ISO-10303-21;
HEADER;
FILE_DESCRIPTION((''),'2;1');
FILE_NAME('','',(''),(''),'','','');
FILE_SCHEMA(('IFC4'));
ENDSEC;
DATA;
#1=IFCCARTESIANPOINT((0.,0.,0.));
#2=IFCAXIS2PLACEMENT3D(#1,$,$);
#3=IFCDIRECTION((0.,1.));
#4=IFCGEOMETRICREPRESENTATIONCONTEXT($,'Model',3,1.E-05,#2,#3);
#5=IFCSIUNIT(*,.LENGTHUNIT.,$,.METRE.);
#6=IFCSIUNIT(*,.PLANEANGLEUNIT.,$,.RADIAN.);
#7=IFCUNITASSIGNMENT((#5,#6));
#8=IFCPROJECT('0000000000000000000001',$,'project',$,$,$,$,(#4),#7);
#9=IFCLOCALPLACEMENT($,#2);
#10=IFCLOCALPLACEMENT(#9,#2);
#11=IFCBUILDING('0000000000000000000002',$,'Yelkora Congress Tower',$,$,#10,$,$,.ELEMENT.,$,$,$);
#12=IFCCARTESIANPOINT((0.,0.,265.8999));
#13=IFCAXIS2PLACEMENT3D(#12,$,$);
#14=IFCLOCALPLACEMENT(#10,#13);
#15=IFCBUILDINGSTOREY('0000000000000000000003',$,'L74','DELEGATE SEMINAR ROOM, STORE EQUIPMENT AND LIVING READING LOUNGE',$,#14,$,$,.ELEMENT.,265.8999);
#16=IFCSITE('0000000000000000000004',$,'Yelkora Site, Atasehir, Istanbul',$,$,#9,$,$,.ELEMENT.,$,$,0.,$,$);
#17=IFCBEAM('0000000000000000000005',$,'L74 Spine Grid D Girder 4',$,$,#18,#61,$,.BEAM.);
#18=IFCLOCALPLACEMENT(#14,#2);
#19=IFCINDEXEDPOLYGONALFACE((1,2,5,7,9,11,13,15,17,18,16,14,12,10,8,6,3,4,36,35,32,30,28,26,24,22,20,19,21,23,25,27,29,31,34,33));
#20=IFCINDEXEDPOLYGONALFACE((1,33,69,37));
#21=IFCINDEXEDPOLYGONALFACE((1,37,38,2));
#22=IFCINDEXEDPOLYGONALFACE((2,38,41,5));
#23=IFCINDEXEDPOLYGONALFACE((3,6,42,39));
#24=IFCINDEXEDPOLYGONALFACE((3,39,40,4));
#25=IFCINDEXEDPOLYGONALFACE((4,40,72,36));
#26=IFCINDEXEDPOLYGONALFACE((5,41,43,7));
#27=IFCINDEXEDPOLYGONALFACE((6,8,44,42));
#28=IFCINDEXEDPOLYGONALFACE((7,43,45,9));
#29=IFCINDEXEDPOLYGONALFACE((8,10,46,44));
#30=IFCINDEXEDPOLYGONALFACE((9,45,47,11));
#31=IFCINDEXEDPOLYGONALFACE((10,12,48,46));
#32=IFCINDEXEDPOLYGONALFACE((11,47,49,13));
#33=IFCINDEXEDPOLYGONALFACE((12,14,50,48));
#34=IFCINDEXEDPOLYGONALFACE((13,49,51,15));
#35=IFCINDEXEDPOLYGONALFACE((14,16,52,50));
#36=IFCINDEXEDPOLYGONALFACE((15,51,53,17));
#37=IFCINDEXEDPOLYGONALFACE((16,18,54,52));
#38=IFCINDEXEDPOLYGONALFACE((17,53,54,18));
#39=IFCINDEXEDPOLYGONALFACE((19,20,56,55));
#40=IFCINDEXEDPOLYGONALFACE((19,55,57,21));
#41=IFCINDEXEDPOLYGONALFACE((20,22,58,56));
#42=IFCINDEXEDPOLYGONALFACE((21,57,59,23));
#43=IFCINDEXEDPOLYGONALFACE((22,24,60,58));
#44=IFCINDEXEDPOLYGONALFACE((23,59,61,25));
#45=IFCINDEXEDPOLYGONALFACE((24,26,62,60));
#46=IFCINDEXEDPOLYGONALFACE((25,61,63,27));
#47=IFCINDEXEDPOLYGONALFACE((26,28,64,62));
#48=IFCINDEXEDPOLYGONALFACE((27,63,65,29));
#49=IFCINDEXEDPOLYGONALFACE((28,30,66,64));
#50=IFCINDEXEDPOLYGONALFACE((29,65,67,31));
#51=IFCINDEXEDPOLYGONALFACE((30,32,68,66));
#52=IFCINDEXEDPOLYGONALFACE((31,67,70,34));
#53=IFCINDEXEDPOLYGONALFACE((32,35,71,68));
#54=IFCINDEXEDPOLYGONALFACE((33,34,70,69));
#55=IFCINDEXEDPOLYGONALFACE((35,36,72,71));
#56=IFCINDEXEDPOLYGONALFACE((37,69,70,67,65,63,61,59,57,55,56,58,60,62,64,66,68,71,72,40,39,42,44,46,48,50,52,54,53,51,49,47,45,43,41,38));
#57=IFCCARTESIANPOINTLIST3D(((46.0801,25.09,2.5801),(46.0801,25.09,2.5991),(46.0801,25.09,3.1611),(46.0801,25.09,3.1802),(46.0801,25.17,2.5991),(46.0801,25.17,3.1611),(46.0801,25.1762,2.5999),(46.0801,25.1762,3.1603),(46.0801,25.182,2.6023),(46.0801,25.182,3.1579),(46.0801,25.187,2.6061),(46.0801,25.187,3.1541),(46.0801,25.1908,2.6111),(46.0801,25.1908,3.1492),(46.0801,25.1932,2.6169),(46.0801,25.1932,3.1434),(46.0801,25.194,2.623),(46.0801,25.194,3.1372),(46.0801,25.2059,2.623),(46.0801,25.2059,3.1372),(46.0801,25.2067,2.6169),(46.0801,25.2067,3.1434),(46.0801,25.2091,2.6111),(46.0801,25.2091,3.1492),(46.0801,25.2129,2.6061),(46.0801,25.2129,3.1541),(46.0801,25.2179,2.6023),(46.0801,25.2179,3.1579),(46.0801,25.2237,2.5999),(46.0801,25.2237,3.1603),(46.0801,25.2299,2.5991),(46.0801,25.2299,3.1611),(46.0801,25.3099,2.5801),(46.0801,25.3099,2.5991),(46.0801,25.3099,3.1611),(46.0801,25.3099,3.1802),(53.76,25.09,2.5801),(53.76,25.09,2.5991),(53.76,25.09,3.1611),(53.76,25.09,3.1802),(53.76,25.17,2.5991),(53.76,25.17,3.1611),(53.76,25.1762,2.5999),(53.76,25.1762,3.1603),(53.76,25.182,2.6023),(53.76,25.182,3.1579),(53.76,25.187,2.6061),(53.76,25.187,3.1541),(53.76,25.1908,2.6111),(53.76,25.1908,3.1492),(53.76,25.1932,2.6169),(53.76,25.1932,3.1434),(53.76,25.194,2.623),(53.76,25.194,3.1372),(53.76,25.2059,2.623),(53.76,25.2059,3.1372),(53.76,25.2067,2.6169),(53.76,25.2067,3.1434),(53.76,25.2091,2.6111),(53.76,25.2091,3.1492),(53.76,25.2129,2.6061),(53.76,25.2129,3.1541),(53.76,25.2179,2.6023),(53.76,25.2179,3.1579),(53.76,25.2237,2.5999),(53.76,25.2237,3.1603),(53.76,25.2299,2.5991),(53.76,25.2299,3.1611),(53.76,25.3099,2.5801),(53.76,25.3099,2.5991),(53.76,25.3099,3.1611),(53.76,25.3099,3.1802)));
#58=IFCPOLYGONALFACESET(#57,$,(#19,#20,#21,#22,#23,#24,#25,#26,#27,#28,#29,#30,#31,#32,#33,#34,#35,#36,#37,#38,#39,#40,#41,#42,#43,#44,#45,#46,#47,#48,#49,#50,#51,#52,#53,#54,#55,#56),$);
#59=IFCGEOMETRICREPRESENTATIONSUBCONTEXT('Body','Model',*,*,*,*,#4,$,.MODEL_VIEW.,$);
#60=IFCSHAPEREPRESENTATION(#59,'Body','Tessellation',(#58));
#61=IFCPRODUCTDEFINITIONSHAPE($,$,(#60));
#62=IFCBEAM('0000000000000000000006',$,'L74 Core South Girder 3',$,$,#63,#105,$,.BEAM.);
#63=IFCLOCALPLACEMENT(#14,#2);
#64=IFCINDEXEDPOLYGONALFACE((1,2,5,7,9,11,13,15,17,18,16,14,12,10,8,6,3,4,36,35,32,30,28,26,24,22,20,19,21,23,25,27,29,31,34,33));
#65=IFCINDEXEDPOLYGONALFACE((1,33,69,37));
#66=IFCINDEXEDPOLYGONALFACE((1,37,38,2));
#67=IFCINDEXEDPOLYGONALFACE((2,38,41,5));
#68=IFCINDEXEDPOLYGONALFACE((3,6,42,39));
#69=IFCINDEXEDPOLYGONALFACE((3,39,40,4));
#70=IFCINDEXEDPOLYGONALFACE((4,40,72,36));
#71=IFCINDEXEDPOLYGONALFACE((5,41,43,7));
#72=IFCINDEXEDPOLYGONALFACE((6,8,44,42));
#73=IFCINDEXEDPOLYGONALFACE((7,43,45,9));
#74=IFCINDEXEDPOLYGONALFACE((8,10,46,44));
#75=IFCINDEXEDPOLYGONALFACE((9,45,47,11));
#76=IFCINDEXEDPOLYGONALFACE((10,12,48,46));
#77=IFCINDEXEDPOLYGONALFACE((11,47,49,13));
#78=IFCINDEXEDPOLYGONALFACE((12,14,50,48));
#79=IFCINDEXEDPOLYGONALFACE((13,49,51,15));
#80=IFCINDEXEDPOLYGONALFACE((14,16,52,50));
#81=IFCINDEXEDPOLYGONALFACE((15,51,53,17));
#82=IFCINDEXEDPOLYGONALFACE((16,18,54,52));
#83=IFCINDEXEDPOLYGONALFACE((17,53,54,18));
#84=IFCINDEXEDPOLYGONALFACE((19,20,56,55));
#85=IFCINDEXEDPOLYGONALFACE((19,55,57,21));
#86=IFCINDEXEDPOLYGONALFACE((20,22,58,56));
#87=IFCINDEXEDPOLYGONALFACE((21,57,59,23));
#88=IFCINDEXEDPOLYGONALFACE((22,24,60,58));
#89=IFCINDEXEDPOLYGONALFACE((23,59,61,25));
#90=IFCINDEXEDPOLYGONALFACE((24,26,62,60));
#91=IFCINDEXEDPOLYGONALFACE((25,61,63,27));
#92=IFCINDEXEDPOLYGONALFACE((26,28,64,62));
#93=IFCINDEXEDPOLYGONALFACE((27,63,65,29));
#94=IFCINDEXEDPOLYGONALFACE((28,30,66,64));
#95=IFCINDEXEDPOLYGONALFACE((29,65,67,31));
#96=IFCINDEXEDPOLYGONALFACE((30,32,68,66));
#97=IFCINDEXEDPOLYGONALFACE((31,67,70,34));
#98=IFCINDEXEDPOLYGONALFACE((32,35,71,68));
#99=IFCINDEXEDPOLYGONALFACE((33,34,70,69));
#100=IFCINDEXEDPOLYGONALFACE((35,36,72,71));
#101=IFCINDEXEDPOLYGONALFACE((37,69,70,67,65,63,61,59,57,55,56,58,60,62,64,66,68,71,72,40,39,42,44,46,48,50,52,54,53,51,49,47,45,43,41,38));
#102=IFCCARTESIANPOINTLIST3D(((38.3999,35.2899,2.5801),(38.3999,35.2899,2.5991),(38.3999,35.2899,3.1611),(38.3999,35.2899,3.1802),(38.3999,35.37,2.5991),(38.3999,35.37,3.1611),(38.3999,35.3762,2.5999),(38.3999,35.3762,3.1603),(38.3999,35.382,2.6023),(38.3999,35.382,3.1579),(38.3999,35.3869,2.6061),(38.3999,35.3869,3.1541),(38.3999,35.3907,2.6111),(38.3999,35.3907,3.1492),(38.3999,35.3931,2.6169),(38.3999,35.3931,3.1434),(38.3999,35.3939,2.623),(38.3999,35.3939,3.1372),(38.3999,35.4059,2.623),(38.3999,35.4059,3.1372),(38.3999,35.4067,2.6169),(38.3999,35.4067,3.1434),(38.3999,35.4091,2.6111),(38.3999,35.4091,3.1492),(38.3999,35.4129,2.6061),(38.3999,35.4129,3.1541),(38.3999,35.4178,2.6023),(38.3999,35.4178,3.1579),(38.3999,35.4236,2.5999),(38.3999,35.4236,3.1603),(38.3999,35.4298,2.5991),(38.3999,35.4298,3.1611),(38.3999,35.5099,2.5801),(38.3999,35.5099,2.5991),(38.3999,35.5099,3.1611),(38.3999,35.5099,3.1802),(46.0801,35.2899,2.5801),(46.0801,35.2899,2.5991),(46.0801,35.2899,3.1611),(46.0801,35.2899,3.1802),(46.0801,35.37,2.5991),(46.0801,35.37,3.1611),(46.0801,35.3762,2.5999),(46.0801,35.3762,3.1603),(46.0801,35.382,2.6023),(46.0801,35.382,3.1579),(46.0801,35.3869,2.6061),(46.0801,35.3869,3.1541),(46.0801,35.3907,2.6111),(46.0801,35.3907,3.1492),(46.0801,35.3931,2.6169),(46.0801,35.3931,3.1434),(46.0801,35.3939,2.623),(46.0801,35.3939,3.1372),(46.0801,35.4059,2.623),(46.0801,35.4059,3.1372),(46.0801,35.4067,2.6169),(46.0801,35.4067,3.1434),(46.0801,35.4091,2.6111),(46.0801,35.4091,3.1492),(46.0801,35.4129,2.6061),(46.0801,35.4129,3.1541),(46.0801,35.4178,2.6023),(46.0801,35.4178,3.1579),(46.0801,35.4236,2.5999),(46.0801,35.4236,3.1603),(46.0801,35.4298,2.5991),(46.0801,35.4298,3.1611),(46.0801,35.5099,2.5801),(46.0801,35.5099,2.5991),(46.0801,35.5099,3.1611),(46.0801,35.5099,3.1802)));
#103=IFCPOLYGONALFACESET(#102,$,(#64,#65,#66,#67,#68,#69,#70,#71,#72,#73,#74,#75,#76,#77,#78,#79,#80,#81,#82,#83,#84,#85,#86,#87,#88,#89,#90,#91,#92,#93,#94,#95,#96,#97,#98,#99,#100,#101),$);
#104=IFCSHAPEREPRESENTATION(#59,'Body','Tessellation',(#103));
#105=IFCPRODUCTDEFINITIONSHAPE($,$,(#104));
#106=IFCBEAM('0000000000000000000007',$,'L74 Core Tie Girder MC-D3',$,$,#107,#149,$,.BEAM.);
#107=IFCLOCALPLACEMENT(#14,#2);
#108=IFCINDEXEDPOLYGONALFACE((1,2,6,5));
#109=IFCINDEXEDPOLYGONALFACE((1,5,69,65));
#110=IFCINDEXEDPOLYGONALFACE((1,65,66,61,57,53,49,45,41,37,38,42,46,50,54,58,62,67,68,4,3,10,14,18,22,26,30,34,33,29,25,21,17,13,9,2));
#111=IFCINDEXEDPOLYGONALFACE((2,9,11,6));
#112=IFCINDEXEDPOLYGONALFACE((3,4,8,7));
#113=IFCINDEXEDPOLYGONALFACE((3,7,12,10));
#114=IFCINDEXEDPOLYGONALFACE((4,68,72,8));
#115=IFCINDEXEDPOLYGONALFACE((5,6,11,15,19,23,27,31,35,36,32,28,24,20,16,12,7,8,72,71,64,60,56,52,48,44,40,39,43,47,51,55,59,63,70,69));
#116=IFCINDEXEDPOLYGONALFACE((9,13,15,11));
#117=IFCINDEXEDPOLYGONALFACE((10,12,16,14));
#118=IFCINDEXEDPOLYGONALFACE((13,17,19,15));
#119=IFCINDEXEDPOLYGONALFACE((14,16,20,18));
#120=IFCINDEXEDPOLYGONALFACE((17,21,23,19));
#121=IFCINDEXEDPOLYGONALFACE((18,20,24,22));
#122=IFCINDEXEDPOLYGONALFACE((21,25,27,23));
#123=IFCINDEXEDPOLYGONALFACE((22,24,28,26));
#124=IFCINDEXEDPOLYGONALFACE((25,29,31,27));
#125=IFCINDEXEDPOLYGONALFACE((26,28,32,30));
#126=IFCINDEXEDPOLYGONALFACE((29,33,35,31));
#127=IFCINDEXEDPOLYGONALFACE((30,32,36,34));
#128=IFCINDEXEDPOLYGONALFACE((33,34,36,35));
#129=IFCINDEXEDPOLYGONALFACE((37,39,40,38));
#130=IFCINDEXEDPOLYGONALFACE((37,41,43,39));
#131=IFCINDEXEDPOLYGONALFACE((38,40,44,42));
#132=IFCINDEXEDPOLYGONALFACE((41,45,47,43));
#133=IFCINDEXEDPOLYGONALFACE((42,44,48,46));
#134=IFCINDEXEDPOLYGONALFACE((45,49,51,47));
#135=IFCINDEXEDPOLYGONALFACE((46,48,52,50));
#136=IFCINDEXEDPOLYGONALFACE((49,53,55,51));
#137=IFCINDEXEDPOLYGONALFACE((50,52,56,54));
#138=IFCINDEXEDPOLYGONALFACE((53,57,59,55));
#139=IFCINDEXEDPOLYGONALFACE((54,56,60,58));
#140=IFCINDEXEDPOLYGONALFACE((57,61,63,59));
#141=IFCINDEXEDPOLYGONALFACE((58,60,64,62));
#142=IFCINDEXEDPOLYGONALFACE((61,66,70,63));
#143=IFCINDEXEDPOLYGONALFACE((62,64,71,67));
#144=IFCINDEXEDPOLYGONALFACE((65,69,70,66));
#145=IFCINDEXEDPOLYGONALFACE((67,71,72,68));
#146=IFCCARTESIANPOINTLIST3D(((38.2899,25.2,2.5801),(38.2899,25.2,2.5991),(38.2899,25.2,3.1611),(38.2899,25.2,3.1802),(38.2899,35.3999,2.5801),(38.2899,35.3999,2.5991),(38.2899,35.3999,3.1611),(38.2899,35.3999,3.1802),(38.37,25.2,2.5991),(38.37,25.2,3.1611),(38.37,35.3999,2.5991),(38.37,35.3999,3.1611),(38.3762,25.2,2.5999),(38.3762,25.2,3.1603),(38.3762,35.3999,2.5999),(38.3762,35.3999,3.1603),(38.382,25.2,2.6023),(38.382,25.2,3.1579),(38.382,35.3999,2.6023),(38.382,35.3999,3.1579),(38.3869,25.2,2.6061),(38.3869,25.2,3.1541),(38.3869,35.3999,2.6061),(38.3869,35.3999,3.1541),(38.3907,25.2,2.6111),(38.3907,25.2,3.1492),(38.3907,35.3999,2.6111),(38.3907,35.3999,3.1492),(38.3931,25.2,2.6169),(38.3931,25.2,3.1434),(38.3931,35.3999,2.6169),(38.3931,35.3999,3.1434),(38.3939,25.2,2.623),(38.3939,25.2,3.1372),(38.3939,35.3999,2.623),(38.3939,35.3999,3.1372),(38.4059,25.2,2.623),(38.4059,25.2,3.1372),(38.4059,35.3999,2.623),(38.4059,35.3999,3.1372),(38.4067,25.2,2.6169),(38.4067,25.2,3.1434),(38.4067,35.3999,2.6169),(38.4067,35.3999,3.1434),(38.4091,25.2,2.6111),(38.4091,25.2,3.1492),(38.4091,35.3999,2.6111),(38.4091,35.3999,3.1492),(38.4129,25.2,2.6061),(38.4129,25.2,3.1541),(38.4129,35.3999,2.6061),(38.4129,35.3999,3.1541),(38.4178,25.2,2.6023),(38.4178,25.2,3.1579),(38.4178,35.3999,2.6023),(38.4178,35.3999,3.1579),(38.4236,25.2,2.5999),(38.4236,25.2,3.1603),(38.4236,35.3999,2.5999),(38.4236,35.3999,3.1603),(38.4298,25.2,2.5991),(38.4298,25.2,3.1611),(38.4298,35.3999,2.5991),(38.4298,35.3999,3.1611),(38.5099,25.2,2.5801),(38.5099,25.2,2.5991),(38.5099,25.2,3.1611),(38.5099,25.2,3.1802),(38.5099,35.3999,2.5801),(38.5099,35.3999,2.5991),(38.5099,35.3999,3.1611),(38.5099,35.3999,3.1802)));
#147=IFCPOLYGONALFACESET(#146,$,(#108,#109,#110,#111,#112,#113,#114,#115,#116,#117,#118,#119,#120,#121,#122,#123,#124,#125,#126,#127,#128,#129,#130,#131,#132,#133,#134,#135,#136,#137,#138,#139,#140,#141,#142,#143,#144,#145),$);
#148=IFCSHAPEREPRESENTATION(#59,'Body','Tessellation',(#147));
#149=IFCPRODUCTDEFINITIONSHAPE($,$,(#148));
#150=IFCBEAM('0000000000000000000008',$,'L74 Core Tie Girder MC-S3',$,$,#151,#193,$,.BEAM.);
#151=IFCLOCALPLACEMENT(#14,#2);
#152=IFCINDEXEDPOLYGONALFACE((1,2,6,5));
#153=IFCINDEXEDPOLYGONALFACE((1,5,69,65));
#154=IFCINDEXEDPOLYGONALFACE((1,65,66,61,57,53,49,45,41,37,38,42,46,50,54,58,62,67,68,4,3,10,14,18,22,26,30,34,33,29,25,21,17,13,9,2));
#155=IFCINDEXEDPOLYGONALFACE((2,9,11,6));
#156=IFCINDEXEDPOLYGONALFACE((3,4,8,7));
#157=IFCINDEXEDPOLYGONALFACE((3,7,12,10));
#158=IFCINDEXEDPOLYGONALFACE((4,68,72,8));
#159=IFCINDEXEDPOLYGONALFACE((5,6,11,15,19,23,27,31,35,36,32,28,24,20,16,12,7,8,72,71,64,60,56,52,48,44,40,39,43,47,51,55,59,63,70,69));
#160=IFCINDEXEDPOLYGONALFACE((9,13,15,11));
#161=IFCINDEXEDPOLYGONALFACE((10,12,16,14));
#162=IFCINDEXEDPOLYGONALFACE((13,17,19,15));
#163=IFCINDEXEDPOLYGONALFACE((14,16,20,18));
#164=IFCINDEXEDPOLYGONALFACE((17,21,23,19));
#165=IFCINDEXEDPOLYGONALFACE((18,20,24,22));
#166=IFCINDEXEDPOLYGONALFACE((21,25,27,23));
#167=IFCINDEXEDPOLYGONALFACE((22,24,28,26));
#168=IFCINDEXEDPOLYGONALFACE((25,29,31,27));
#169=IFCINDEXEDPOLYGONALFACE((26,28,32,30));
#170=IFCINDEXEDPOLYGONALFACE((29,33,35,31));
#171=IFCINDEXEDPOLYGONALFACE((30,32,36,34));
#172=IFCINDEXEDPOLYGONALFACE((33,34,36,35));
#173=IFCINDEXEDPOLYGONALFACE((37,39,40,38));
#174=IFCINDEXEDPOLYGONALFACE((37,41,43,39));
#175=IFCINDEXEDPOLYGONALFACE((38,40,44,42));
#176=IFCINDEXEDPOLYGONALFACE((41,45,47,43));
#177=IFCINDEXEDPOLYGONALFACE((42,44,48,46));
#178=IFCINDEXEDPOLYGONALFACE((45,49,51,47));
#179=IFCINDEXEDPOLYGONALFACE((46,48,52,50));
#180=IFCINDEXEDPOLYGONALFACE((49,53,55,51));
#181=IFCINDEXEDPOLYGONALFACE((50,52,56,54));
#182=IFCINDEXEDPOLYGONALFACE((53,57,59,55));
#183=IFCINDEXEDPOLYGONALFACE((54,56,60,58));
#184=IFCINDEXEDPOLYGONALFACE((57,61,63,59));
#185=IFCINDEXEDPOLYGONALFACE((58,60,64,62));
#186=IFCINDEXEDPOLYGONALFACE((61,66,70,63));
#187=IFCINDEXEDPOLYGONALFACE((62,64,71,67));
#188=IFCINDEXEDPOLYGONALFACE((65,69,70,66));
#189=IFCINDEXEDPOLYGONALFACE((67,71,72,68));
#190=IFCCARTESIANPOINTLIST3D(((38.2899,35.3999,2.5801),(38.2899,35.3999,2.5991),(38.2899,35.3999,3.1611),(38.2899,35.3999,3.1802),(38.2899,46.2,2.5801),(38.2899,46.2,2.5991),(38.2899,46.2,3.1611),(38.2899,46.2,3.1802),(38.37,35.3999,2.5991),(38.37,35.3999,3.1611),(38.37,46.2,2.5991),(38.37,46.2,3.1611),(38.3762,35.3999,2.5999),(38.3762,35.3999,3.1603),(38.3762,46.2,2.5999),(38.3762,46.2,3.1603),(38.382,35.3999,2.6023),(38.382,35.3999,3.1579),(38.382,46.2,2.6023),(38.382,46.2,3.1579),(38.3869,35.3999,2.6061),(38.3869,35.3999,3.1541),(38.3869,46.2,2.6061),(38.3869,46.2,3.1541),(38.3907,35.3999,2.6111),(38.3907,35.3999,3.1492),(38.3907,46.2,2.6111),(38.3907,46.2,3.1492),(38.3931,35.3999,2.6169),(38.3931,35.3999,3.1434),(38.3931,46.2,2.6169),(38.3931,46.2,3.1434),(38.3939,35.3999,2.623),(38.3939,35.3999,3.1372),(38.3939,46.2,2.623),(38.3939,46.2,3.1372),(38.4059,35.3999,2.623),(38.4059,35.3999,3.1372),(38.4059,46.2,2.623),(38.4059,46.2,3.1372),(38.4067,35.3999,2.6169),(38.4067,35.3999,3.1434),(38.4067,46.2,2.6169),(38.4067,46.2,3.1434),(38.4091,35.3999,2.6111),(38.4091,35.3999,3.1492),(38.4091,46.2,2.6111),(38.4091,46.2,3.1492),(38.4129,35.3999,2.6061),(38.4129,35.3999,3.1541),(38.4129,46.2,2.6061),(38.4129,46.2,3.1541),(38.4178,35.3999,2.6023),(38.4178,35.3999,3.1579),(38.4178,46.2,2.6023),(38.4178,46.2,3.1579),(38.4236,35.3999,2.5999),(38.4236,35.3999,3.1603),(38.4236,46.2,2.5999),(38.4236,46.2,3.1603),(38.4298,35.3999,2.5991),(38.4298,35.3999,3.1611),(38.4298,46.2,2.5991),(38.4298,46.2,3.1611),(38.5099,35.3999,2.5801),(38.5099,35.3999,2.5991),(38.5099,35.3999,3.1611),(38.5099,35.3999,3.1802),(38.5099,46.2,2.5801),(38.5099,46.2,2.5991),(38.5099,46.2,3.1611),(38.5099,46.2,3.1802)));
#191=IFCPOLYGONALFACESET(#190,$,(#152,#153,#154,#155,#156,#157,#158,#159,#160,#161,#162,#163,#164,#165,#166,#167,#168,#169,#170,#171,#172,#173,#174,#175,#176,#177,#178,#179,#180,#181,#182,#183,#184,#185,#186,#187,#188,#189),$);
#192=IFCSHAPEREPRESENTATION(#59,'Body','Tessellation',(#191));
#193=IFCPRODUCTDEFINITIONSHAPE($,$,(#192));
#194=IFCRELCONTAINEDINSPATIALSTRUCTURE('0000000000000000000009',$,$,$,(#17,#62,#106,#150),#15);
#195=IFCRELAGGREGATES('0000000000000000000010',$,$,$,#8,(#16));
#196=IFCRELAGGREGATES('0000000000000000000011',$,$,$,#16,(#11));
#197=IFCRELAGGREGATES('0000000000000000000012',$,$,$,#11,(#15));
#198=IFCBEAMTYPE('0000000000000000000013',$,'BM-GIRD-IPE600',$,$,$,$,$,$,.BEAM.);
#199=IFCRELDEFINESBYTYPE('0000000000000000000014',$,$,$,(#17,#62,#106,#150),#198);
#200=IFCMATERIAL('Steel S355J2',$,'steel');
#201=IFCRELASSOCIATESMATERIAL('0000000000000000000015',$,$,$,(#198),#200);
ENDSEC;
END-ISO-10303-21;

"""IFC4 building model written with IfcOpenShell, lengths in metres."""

from ifc_helpers import new_model, si_unit, direction, frame, origin, origin_2d, place, context, subcontext, project, spatial, i_section, extrude, material, material_profile, profile_set, type_object, element, save


model = new_model("IFC4")

# Units and contexts
model_context = context("Model", 3, precision=1e-05, world=origin(), true_north=direction((0.0, 1.0)))
body_context = subcontext(model_context, "Body", "Model", "MODEL_VIEW")
ifc_project = project(units=[si_unit("LENGTHUNIT", "METRE"), si_unit("PLANEANGLEUNIT", "RADIAN")], contexts=[model_context])

# Site, building, storey
site_placement = place(None, origin())
site = spatial("IfcSite", under=ifc_project, at=site_placement, Name="Yelkora Site, Atasehir, Istanbul", CompositionType="ELEMENT", RefElevation=0.0)
building_placement = place(site_placement, origin())
building = spatial("IfcBuilding", under=site, at=building_placement, Name="Yelkora Congress Tower", CompositionType="ELEMENT")
storey_placement = place(building_placement, frame((0.0, 0.0, 265.8999)))
storey = spatial("IfcBuildingStorey", under=building, at=storey_placement, Name="L74", Description="DELEGATE SEMINAR ROOM, STORE EQUIPMENT AND LIVING READING LOUNGE", CompositionType="ELEMENT", Elevation=265.8999)

# Beams
ifc_material_1 = material(Name="Steel S355J2", Category="steel")
ifc_material_profile_1 = material_profile(ifc_material_1, i_section(OverallWidth=0.22, OverallDepth=0.6001, WebThickness=0.012, FlangeThickness=0.019, FilletRadius=0.0239, at=origin_2d()), Name="IPE 600")
ifc_profile_set_1 = profile_set([ifc_material_profile_1], Name="Steel S355J2")
beam_type_1 = type_object("IfcBeamType", Name="BM-GIRD-IPE600", PredefinedType="BEAM", material=ifc_profile_set_1)
beam_1_placement = place(storey_placement, frame((46.0801, 25.2, 2.8801), z_axis=(1.0, 0.0, 0.0), x_axis=(0.0, 1.0, 0.0)))
element("IfcBeam", 1, at=beam_1_placement, inside=storey, type_object=beam_type_1, Name="L74 Spine Grid D Girder 4", PredefinedType="BEAM", context=body_context, shape_type="SweptSolid", body=[
    extrude(i_section(OverallWidth=0.22, OverallDepth=0.6001, WebThickness=0.012, FlangeThickness=0.019, FilletRadius=0.0239, at=origin_2d()), origin(), (0.0, 0.0, 1.0), 7.6799),
])
beam_2_placement = place(storey_placement, frame((38.3999, 35.3999, 2.8801), z_axis=(1.0, 0.0, 0.0), x_axis=(0.0, 1.0, 0.0)))
element("IfcBeam", 2, at=beam_2_placement, inside=storey, type_object=beam_type_1, Name="L74 Core South Girder 3", PredefinedType="BEAM", context=body_context, shape_type="SweptSolid", body=[
    extrude(i_section(OverallWidth=0.22, OverallDepth=0.6001, WebThickness=0.012, FlangeThickness=0.019, FilletRadius=0.0239, at=origin_2d()), origin(), (0.0, 0.0, 1.0), 7.6802),
])
beam_3_placement = place(storey_placement, frame((38.3999, 25.2, 2.8801), z_axis=(0.0, 1.0, 0.0), x_axis=(-1.0, 0.0, 0.0)))
element("IfcBeam", 3, at=beam_3_placement, inside=storey, type_object=beam_type_1, Name="L74 Core Tie Girder MC-D3", PredefinedType="BEAM", context=body_context, shape_type="SweptSolid", body=[
    extrude(i_section(OverallWidth=0.22, OverallDepth=0.6001, WebThickness=0.012, FlangeThickness=0.019, FilletRadius=0.0239, at=origin_2d()), origin(), (0.0, 0.0, 1.0), 10.2),
])
beam_4_placement = place(storey_placement, frame((38.3999, 35.3999, 2.8801), z_axis=(0.0, 1.0, 0.0), x_axis=(-1.0, 0.0, 0.0)))
element("IfcBeam", 4, at=beam_4_placement, inside=storey, type_object=beam_type_1, Name="L74 Core Tie Girder MC-S3", PredefinedType="BEAM", context=body_context, shape_type="SweptSolid", body=[
    extrude(i_section(OverallWidth=0.22, OverallDepth=0.6001, WebThickness=0.012, FlangeThickness=0.019, FilletRadius=0.0239, at=origin_2d()), origin(), (0.0, 0.0, 1.0), 10.8),
])

save(model, "model.ifc")
